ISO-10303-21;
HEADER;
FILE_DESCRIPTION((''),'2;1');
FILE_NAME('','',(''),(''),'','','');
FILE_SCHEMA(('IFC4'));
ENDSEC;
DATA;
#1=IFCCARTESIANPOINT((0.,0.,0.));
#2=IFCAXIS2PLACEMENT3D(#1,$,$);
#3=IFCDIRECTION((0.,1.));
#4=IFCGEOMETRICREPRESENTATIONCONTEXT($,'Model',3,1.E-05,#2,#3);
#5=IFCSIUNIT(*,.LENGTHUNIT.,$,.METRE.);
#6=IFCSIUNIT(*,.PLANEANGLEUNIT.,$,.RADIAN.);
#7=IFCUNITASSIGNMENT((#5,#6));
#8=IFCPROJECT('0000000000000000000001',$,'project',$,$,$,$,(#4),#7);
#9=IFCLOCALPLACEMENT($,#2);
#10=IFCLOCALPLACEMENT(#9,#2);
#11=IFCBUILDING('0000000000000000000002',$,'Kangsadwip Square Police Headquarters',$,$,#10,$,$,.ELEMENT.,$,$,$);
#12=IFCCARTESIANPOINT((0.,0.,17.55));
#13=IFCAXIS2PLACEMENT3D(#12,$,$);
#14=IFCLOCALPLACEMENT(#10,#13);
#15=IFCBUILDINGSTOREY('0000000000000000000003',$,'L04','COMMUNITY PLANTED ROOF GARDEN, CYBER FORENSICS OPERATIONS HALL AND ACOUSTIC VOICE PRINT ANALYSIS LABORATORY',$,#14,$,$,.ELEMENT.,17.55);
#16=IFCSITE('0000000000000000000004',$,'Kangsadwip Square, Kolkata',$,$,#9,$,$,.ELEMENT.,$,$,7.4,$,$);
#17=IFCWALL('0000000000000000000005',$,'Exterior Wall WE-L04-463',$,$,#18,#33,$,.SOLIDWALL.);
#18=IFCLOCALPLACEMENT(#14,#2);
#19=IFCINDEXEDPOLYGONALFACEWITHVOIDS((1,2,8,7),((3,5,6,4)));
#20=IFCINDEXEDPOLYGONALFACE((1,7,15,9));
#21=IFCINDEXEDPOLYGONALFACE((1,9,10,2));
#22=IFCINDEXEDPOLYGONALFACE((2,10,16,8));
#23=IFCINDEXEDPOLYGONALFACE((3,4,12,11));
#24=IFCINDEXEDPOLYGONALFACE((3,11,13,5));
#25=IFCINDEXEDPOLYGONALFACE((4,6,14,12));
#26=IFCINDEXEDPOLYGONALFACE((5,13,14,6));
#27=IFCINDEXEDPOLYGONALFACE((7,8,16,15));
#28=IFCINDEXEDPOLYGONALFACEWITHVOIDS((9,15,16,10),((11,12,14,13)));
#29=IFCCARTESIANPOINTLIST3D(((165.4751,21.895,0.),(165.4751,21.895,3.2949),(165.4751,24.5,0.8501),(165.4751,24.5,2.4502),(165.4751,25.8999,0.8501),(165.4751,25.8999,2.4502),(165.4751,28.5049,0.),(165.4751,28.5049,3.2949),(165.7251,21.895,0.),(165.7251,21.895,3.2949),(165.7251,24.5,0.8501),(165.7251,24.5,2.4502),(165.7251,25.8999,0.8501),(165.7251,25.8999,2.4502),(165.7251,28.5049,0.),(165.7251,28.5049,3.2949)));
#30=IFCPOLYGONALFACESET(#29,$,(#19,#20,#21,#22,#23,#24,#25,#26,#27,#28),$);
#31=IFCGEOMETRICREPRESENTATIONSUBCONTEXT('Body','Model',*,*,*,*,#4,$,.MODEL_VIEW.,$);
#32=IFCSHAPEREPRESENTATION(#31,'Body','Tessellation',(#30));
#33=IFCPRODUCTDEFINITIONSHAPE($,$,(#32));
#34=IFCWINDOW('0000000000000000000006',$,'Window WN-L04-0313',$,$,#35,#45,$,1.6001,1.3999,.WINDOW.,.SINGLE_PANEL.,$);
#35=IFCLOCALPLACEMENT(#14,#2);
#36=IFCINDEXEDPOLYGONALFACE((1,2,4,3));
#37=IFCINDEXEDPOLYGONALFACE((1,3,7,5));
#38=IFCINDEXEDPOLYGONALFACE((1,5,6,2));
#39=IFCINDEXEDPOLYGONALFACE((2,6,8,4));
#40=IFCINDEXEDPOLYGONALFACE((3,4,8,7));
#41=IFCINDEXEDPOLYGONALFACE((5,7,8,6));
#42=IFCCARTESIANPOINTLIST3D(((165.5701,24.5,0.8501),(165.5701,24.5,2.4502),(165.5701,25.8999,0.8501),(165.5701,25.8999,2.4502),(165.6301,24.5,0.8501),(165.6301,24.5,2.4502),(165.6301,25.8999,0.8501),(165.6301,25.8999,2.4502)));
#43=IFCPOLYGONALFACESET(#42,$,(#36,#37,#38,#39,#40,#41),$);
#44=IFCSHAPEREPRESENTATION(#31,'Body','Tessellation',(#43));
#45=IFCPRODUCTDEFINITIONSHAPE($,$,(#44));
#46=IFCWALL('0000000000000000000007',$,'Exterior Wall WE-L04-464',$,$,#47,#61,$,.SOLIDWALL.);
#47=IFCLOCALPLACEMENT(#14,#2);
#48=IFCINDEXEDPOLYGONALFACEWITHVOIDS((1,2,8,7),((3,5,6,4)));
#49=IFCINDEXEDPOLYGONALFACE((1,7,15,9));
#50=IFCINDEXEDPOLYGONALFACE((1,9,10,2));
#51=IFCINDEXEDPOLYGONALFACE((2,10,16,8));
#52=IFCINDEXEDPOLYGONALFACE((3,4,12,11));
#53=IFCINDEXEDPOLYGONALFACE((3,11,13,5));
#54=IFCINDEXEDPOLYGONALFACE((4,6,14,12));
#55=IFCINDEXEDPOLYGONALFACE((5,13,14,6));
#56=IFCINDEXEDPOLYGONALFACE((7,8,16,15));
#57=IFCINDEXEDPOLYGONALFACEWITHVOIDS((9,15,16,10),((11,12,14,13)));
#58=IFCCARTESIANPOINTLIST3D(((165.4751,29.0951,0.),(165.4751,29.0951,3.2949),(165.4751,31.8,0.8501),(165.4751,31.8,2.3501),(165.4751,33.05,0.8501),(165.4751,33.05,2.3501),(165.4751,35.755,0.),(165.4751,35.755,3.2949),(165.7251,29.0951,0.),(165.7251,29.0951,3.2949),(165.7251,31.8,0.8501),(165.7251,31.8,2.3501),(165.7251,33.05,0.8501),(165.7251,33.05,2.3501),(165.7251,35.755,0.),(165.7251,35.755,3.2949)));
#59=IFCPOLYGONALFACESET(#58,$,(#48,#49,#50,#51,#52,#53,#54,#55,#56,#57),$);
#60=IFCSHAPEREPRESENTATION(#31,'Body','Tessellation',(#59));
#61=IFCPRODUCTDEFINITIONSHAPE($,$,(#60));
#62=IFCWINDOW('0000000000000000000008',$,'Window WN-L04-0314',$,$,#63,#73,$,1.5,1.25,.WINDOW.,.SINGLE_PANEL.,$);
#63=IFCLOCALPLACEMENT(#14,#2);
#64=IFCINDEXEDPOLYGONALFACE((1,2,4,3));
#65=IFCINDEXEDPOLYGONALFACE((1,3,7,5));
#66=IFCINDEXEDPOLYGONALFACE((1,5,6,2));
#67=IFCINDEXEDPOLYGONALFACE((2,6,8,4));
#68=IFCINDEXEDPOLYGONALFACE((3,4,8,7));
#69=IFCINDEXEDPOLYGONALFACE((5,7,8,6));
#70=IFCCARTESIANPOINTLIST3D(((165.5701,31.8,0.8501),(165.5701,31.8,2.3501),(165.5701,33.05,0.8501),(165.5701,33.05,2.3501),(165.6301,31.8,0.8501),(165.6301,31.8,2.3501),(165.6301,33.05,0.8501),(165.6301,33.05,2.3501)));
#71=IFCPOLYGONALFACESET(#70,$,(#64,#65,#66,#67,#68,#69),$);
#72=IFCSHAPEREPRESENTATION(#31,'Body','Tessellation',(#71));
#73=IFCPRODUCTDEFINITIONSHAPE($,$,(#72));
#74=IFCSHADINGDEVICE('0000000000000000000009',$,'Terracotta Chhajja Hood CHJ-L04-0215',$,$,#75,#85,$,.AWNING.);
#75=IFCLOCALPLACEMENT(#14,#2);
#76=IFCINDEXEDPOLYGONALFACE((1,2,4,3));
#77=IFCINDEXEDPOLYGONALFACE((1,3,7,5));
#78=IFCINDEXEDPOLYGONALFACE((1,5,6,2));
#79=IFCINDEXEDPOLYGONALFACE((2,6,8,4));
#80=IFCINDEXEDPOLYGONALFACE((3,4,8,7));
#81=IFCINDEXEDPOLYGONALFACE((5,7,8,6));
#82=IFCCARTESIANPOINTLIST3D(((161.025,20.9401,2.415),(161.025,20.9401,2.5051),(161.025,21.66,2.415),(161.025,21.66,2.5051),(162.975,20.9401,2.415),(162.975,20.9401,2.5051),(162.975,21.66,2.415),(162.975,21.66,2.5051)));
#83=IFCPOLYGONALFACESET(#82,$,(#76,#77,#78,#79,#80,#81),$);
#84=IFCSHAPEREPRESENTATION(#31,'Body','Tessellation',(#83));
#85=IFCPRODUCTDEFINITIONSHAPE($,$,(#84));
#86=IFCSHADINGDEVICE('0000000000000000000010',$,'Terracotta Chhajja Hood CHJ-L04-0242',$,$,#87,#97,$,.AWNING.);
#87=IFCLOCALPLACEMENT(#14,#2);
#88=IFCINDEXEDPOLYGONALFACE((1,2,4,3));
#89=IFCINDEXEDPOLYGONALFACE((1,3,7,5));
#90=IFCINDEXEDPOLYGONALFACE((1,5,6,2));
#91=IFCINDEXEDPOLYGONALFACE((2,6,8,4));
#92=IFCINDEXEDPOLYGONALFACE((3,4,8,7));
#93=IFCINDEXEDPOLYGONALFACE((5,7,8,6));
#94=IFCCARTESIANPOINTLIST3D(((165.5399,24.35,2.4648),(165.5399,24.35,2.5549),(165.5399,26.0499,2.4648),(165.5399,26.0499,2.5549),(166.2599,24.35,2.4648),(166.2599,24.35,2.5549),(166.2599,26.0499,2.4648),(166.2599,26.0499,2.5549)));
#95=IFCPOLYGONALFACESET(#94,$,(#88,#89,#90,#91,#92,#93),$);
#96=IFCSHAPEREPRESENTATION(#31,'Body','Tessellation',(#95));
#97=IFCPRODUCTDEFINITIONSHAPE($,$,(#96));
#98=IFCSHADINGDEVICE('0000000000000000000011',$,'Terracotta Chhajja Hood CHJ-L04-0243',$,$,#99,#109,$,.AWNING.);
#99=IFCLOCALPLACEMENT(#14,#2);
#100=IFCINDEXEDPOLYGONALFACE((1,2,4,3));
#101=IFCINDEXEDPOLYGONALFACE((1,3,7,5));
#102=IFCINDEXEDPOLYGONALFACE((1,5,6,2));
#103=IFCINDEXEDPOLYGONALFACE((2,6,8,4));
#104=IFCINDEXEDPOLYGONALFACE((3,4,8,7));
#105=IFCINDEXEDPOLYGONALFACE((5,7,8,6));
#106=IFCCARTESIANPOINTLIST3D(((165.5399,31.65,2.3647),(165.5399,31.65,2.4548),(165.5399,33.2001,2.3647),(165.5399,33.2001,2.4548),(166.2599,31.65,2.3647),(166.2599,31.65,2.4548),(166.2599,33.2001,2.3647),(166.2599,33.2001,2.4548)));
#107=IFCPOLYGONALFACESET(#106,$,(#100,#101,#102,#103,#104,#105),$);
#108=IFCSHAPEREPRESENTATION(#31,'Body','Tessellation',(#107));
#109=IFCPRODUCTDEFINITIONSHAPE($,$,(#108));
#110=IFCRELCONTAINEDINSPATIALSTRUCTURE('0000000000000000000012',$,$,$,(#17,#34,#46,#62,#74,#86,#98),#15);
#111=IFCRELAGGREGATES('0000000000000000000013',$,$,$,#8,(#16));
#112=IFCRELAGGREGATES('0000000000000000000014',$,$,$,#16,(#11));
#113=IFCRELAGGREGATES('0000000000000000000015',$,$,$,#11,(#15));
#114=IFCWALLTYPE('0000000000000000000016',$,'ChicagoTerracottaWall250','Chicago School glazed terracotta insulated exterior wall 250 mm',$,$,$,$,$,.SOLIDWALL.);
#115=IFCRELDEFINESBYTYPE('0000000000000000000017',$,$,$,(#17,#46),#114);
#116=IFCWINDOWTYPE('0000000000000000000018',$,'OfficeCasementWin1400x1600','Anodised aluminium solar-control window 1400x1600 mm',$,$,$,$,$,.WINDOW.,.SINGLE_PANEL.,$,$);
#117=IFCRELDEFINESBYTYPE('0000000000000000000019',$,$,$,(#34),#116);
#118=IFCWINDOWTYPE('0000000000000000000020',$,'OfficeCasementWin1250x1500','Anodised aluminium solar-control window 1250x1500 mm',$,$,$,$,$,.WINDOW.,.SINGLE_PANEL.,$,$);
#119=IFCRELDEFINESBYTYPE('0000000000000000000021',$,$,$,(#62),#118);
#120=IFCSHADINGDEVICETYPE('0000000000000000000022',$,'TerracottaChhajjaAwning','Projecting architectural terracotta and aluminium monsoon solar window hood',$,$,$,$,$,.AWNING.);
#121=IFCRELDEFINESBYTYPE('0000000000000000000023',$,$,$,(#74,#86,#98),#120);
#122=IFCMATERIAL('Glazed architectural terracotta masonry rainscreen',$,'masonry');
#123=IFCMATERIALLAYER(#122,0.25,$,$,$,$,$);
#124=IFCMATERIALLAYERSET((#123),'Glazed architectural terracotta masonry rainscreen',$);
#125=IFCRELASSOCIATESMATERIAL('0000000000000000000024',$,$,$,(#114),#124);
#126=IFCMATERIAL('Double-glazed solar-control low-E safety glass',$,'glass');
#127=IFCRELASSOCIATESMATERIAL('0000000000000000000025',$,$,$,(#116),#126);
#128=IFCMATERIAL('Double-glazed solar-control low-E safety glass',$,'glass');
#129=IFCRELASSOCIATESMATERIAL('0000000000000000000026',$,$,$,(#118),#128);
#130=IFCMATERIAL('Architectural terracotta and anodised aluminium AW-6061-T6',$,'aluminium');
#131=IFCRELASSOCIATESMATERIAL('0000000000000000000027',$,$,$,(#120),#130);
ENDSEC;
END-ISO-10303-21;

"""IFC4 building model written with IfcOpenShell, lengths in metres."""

from ifc_helpers import new_model, si_unit, direction, frame, frame_2d, origin, origin_2d, place, context, subcontext, project, spatial, rectangle, extrude, material, layer, layer_set, type_object, element, fill, save


model = new_model("IFC4")

# Units and contexts
model_context = context("Model", 3, precision=1e-05, world=origin(), true_north=direction((0.0, 1.0)))
body_context = subcontext(model_context, "Body", "Model", "MODEL_VIEW")
ifc_project = project(units=[si_unit("LENGTHUNIT", "METRE"), si_unit("PLANEANGLEUNIT", "RADIAN")], contexts=[model_context])

# Site, building, storey
site_placement = place(None, origin())
site = spatial("IfcSite", under=ifc_project, at=site_placement, Name="Kangsadwip Square, Kolkata", CompositionType="ELEMENT", RefElevation=7.4)
building_placement = place(site_placement, origin())
building = spatial("IfcBuilding", under=site, at=building_placement, Name="Kangsadwip Square Police Headquarters", CompositionType="ELEMENT")
storey_placement = place(building_placement, frame((0.0, 0.0, 17.55)))
storey = spatial("IfcBuildingStorey", under=building, at=storey_placement, Name="L04", Description="COMMUNITY PLANTED ROOF GARDEN, CYBER FORENSICS OPERATIONS HALL AND ACOUSTIC VOICE PRINT ANALYSIS LABORATORY", CompositionType="ELEMENT", Elevation=17.55)

# Walls, openings, windows
ifc_material_1 = material(Name="Glazed architectural terracotta masonry rainscreen", Category="masonry")
ifc_layer = layer(ifc_material_1, 0.25)
ifc_layer_set = layer_set([ifc_layer], Name="Glazed architectural terracotta masonry rainscreen")
wall_type = type_object("IfcWallType", Name="ChicagoTerracottaWall250", Description="Chicago School glazed terracotta insulated exterior wall 250 mm", PredefinedType="SOLIDWALL", material=ifc_layer_set)
wall_1_placement = place(storey_placement, frame((165.6001, 21.895, 0.0), z_axis=(0.0, 0.0, 1.0), x_axis=(0.0, 1.0, 0.0)))
wall_1 = element("IfcWall", 1, at=wall_1_placement, inside=storey, type_object=wall_type, Name="Exterior Wall WE-L04-463", PredefinedType="SOLIDWALL", context=body_context, shape_type="SweptSolid", body=[
    extrude(rectangle(XDim=6.6099, YDim=0.25, at=frame_2d((3.3049, 0.0))), origin(), (0.0, 0.0, 1.0), 3.2949),
])
opening_1_placement = place(wall_1_placement, frame((2.605, 0.0, 0.8501)))
opening_1 = element("IfcOpeningElement", 2, at=opening_1_placement, cuts=wall_1, PredefinedType="OPENING", context=body_context, shape_type="SweptSolid", body=[
    extrude(rectangle(XDim=1.3999, YDim=1.6001, at=frame_2d((0.7, 0.8))), frame((0.0, 0.135, 0.0), z_axis=(0.0, -1.0, 0.0), x_axis=(1.0, 0.0, 0.0)), (0.0, 0.0, 1.0), 0.27),
])
ifc_material_2 = material(Name="Double-glazed solar-control low-E safety glass", Category="glass")
window_type_1 = type_object("IfcWindowType", Name="OfficeCasementWin1400x1600", Description="Anodised aluminium solar-control window 1400x1600 mm", PartitioningType="SINGLE_PANEL", PredefinedType="WINDOW", material=ifc_material_2)
window_1_placement = place(opening_1_placement, origin())
window_1 = element("IfcWindow", 3, at=window_1_placement, inside=storey, type_object=window_type_1, Name="Window WN-L04-0313", OverallHeight=1.6001, OverallWidth=1.3999, PartitioningType="SINGLE_PANEL", PredefinedType="WINDOW", context=body_context, shape_type="SweptSolid", body=[
    extrude(rectangle(XDim=1.3999, YDim=1.6001, at=frame_2d((0.7, 0.8))), frame((0.0, 0.03, 0.0), z_axis=(0.0, -1.0, 0.0), x_axis=(1.0, 0.0, 0.0)), (0.0, 0.0, 1.0), 0.0601),
])
fill(opening_1, window_1)
wall_2_placement = place(storey_placement, frame((165.6001, 29.095, 0.0), z_axis=(0.0, 0.0, 1.0), x_axis=(0.0, 1.0, 0.0)))
wall_2 = element("IfcWall", 4, at=wall_2_placement, inside=storey, type_object=wall_type, Name="Exterior Wall WE-L04-464", PredefinedType="SOLIDWALL", context=body_context, shape_type="SweptSolid", body=[
    extrude(rectangle(XDim=6.6599, YDim=0.25, at=frame_2d((3.3301, 0.0))), origin(), (0.0, 0.0, 1.0), 3.2949),
])
opening_2_placement = place(wall_2_placement, frame((2.7051, 0.0, 0.8501)))
opening_2 = element("IfcOpeningElement", 5, at=opening_2_placement, cuts=wall_2, PredefinedType="OPENING", context=body_context, shape_type="SweptSolid", body=[
    extrude(rectangle(XDim=1.25, YDim=1.5, at=frame_2d((0.625, 0.75))), frame((0.0, 0.135, 0.0), z_axis=(0.0, -1.0, 0.0), x_axis=(1.0, 0.0, 0.0)), (0.0, 0.0, 1.0), 0.27),
])
ifc_material_3 = material(Name="Double-glazed solar-control low-E safety glass", Category="glass")
window_type_2 = type_object("IfcWindowType", Name="OfficeCasementWin1250x1500", Description="Anodised aluminium solar-control window 1250x1500 mm", PartitioningType="SINGLE_PANEL", PredefinedType="WINDOW", material=ifc_material_3)
window_2_placement = place(opening_2_placement, origin())
window_2 = element("IfcWindow", 6, at=window_2_placement, inside=storey, type_object=window_type_2, Name="Window WN-L04-0314", OverallHeight=1.5, OverallWidth=1.25, PartitioningType="SINGLE_PANEL", PredefinedType="WINDOW", context=body_context, shape_type="SweptSolid", body=[
    extrude(rectangle(XDim=1.25, YDim=1.5, at=frame_2d((0.625, 0.75))), frame((0.0, 0.03, 0.0), z_axis=(0.0, -1.0, 0.0), x_axis=(1.0, 0.0, 0.0)), (0.0, 0.0, 1.0), 0.0601),
])
fill(opening_2, window_2)

# Shading devices
ifc_material_4 = material(Name="Architectural terracotta and anodised aluminium AW-6061-T6", Category="aluminium")
shading_device_type = type_object("IfcShadingDeviceType", Name="TerracottaChhajjaAwning", Description="Projecting architectural terracotta and aluminium monsoon solar window hood", PredefinedType="AWNING", material=ifc_material_4)
shading_device_1_placement = place(storey_placement, frame((162.0, 21.3, 2.415), z_axis=(0.0, 0.0, 1.0), x_axis=(1.0, 0.0, 0.0)))
element("IfcShadingDevice", 7, at=shading_device_1_placement, inside=storey, type_object=shading_device_type, Name="Terracotta Chhajja Hood CHJ-L04-0215", PredefinedType="AWNING", context=body_context, shape_type="SweptSolid", body=[
    extrude(rectangle(XDim=1.95, YDim=0.72, at=origin_2d()), origin(), (0.0, 0.0, 1.0), 0.0901),
])
shading_device_2_placement = place(storey_placement, frame((165.8999, 25.2, 2.4648), z_axis=(0.0, 0.0, 1.0), x_axis=(0.0, 1.0, 0.0)))
element("IfcShadingDevice", 8, at=shading_device_2_placement, inside=storey, type_object=shading_device_type, Name="Terracotta Chhajja Hood CHJ-L04-0242", PredefinedType="AWNING", context=body_context, shape_type="SweptSolid", body=[
    extrude(rectangle(XDim=1.7, YDim=0.72, at=origin_2d()), origin(), (0.0, 0.0, 1.0), 0.0901),
])
shading_device_3_placement = place(storey_placement, frame((165.8999, 32.425, 2.3647), z_axis=(0.0, 0.0, 1.0), x_axis=(0.0, 1.0, 0.0)))
element("IfcShadingDevice", 9, at=shading_device_3_placement, inside=storey, type_object=shading_device_type, Name="Terracotta Chhajja Hood CHJ-L04-0243", PredefinedType="AWNING", context=body_context, shape_type="SweptSolid", body=[
    extrude(rectangle(XDim=1.55, YDim=0.72, at=origin_2d()), origin(), (0.0, 0.0, 1.0), 0.0901),
])

save(model, "model.ifc")
